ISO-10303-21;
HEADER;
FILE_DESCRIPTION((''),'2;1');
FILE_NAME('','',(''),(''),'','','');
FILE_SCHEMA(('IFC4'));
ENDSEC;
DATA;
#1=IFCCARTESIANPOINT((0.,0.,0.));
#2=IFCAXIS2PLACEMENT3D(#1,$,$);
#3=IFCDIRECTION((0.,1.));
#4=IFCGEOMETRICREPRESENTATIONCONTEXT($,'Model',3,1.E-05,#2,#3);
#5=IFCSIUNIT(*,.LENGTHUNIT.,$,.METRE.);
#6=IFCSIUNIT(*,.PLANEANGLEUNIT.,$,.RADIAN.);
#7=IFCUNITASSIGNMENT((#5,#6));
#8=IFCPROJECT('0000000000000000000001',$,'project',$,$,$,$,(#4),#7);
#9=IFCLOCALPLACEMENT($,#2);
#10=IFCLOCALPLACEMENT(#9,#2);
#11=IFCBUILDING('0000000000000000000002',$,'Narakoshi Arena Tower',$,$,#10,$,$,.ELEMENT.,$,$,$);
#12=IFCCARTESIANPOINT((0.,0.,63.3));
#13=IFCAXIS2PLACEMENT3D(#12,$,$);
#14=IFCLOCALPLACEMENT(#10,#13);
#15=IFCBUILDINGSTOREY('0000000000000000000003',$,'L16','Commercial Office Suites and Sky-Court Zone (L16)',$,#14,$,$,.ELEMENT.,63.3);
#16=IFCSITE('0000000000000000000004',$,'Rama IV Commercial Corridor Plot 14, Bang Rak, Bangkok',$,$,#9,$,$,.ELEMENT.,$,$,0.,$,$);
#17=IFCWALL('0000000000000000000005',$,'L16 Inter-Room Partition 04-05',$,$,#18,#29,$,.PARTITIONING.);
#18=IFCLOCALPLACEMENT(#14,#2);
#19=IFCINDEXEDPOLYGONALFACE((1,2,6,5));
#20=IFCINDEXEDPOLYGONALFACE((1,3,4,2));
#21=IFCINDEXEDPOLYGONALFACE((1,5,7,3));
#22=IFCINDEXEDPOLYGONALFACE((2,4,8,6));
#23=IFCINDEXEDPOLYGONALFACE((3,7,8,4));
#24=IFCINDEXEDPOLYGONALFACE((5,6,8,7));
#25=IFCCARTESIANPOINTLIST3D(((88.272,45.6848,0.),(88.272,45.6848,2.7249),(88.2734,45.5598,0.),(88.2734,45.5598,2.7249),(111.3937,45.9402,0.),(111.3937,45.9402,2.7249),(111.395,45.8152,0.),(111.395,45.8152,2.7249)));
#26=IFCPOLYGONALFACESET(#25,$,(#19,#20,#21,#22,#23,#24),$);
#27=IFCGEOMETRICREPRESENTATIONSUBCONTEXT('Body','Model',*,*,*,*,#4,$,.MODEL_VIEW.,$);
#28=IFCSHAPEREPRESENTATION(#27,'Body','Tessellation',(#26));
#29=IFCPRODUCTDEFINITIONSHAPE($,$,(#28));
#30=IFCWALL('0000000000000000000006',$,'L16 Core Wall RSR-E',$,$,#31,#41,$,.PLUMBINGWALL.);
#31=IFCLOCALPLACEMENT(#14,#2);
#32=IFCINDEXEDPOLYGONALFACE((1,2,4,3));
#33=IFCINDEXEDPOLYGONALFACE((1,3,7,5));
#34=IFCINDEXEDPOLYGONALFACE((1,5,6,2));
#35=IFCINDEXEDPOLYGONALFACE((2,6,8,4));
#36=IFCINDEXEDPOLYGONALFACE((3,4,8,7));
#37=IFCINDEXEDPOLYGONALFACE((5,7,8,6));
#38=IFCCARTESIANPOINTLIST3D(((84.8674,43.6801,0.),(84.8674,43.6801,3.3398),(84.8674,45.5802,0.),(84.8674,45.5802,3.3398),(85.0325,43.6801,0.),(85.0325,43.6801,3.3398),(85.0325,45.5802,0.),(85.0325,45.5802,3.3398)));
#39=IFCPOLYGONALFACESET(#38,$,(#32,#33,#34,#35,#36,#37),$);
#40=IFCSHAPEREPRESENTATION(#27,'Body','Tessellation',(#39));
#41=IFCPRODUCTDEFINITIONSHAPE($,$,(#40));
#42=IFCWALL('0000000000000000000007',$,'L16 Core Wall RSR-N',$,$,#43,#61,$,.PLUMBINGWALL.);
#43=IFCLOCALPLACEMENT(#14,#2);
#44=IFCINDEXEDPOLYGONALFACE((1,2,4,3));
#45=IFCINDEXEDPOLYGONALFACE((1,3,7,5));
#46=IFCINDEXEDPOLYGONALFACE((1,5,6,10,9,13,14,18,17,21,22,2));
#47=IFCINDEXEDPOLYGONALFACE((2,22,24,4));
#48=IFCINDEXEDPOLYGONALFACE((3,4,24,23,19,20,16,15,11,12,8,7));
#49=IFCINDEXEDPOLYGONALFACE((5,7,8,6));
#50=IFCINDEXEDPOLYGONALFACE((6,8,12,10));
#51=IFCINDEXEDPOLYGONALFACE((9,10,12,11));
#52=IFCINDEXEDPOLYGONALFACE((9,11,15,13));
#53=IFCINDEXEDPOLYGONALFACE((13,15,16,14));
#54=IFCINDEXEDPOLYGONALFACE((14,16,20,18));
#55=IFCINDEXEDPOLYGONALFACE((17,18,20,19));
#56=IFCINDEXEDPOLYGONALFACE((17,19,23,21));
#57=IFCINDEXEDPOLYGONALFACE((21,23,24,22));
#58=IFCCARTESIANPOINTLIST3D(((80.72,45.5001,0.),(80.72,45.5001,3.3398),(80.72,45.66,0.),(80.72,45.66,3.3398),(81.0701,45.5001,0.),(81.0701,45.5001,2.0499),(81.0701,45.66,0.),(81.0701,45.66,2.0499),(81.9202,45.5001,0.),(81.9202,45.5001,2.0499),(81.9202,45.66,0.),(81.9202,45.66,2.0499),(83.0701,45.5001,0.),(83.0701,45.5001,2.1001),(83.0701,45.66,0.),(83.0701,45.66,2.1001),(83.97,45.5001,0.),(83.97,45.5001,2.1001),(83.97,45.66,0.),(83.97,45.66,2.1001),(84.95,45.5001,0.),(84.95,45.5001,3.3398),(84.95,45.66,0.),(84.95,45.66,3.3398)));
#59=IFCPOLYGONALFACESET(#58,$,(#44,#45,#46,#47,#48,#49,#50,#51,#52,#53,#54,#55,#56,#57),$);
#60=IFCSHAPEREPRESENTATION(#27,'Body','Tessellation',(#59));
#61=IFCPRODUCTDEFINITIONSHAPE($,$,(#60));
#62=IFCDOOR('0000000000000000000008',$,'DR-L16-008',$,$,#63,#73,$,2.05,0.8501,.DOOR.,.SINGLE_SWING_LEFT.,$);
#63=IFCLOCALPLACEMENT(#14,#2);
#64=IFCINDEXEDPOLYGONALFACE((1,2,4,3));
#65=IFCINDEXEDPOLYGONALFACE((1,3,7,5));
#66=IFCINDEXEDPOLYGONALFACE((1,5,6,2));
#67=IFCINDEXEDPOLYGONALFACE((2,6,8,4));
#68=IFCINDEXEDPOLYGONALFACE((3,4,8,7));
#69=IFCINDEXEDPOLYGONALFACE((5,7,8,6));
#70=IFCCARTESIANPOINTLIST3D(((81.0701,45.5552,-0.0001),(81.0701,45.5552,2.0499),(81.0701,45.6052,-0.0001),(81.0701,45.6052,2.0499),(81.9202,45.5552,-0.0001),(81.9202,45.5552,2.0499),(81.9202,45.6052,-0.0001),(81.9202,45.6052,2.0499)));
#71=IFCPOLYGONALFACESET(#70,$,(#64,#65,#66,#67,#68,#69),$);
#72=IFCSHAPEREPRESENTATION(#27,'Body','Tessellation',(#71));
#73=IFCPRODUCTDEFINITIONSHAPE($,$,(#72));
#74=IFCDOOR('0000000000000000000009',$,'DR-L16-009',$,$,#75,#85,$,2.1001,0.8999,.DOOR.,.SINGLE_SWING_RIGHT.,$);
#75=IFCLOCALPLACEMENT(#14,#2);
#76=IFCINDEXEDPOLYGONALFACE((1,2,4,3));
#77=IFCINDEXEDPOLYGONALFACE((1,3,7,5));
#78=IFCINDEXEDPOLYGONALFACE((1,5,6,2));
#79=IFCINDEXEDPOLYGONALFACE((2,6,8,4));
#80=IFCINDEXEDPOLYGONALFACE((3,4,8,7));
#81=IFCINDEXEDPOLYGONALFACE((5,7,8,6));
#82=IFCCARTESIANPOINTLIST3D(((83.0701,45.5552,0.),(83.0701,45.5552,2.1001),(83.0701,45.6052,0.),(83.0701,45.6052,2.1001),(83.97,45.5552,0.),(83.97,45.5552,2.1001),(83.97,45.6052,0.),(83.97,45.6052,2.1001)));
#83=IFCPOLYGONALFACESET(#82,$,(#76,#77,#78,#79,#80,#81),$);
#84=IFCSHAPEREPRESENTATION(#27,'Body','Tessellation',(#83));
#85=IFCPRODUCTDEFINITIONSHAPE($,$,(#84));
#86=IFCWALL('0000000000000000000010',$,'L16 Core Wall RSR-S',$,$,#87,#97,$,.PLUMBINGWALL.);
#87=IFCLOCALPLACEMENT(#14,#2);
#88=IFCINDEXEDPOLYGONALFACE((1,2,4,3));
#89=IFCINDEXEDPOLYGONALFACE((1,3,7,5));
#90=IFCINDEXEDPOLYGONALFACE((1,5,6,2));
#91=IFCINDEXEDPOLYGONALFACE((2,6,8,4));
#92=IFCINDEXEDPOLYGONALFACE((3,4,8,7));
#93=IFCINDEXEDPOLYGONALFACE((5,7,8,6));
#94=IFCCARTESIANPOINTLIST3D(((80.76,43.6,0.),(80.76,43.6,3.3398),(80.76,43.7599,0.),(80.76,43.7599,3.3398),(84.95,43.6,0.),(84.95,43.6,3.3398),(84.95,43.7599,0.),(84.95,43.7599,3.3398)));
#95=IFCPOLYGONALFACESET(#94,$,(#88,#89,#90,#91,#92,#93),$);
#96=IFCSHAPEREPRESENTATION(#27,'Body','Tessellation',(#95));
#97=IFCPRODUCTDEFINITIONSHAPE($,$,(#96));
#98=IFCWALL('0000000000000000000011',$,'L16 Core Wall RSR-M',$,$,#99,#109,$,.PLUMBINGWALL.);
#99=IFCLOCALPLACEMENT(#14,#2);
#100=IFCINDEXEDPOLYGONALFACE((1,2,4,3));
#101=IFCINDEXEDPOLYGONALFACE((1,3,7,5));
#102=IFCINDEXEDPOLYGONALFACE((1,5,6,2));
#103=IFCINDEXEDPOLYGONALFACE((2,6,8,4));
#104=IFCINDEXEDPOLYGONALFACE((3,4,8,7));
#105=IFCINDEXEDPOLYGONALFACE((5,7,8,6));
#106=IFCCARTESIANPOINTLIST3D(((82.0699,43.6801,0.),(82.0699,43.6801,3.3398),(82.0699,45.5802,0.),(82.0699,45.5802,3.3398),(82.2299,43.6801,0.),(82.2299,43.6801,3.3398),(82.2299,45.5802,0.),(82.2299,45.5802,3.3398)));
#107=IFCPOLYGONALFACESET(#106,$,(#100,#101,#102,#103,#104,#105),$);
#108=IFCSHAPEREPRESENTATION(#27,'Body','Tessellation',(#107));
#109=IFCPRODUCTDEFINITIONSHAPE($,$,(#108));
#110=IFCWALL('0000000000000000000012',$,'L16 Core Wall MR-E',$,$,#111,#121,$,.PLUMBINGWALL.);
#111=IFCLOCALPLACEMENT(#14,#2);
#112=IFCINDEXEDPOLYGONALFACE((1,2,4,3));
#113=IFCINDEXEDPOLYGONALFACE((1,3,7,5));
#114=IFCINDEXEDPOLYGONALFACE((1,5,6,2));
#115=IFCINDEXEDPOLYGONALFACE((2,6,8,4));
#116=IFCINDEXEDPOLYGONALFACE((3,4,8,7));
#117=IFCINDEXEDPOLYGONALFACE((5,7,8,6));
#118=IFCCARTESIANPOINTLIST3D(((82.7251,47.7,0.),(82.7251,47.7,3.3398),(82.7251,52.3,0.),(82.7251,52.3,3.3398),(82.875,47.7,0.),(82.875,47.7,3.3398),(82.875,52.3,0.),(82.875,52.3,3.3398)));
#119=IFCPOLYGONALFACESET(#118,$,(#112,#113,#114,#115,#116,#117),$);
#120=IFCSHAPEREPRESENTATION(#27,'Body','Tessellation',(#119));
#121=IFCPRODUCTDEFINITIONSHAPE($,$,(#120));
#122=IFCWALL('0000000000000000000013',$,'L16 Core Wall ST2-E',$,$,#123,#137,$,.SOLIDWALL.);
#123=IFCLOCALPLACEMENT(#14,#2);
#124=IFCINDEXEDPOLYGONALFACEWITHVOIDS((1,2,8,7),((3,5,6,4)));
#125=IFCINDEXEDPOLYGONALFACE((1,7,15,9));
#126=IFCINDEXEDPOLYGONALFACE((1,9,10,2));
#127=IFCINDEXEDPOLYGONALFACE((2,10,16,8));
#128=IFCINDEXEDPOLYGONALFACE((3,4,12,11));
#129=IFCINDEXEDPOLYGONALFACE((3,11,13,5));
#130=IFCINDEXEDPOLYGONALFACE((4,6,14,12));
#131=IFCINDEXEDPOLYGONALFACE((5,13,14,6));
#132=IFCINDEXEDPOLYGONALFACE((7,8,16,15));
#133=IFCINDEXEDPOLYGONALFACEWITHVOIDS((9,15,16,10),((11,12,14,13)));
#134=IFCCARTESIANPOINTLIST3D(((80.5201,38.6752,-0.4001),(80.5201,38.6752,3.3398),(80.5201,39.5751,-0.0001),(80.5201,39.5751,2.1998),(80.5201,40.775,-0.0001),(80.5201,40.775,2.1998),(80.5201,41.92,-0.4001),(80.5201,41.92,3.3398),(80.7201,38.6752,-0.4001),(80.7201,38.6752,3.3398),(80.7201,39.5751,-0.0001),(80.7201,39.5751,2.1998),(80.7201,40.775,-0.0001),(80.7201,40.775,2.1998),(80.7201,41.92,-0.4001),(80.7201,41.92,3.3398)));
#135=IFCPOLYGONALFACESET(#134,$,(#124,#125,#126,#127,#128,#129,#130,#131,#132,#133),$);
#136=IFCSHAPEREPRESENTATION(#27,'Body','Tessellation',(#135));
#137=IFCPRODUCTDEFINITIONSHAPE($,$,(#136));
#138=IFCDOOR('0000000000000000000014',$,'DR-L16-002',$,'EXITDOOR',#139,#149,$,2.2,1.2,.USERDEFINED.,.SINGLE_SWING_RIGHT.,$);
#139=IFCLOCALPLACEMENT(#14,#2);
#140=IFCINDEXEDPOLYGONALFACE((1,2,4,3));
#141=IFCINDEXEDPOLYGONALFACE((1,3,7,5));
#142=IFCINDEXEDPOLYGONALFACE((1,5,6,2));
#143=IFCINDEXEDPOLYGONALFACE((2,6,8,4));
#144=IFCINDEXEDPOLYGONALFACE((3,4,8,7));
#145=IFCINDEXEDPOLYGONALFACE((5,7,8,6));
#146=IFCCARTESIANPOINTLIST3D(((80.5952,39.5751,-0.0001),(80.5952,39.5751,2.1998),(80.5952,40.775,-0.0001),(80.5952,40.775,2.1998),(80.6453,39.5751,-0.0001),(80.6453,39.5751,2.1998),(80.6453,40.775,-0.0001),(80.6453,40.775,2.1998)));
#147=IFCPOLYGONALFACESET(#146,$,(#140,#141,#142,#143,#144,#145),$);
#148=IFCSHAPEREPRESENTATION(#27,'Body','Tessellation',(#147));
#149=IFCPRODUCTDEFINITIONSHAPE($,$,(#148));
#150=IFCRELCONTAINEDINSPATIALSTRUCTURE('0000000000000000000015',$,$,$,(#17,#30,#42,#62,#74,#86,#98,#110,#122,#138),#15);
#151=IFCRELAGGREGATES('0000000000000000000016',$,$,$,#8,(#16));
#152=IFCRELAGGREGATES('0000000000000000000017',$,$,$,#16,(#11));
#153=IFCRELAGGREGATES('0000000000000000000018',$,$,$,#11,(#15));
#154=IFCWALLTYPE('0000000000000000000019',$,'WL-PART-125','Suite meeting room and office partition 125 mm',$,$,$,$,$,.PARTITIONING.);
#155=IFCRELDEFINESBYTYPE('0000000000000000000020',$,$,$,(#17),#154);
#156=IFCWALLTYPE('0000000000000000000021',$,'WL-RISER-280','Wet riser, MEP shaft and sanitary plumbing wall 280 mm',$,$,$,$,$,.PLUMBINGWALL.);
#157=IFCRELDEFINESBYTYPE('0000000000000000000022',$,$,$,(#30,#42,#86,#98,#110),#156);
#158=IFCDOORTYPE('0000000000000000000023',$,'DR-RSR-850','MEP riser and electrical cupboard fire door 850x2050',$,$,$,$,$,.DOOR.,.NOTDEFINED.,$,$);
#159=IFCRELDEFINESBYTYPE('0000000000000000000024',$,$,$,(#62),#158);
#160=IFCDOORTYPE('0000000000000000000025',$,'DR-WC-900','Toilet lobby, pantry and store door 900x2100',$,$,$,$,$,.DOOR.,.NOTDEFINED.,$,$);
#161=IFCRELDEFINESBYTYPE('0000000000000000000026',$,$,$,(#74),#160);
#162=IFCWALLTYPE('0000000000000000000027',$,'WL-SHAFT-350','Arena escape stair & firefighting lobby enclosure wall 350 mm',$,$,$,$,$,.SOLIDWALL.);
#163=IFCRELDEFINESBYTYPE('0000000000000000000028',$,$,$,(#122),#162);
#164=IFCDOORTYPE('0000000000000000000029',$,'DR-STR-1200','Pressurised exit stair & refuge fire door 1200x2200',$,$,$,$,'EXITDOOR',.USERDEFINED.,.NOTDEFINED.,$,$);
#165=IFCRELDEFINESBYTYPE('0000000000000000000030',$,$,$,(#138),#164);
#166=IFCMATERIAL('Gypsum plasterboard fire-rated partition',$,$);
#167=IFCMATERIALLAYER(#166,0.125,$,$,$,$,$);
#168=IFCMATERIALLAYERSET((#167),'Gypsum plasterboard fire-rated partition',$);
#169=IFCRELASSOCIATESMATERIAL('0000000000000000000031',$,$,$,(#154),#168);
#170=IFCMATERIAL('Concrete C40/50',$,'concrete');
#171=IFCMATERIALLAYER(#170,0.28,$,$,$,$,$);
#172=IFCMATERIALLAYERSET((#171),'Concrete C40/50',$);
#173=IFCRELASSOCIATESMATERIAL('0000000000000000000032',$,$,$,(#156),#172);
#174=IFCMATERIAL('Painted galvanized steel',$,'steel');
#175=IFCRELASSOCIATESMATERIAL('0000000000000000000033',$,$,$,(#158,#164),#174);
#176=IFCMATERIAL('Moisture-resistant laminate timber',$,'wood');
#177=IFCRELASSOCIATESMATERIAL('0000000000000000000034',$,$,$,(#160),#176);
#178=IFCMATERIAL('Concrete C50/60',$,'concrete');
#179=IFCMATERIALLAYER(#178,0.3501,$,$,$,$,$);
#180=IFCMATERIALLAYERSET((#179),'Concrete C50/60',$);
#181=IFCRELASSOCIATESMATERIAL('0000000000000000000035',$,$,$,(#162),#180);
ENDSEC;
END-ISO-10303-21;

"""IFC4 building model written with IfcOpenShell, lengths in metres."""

from ifc_helpers import new_model, si_unit, direction, frame, frame_2d, origin, place, context, subcontext, project, spatial, rectangle, extrude, material, layer, layer_set, type_object, element, fill, save


model = new_model("IFC4")

# Units and contexts
model_context = context("Model", 3, precision=1e-05, world=origin(), true_north=direction((0.0, 1.0)))
body_context = subcontext(model_context, "Body", "Model", "MODEL_VIEW")
ifc_project = project(units=[si_unit("LENGTHUNIT", "METRE"), si_unit("PLANEANGLEUNIT", "RADIAN")], contexts=[model_context])

# Site, building, storey
site_placement = place(None, origin())
site = spatial("IfcSite", under=ifc_project, at=site_placement, Name="Rama IV Commercial Corridor Plot 14, Bang Rak, Bangkok", CompositionType="ELEMENT", RefElevation=0.0)
building_placement = place(site_placement, origin())
building = spatial("IfcBuilding", under=site, at=building_placement, Name="Narakoshi Arena Tower", CompositionType="ELEMENT")
storey_placement = place(building_placement, frame((0.0, 0.0, 63.3)))
storey = spatial("IfcBuildingStorey", under=building, at=storey_placement, Name="L16", Description="Commercial Office Suites and Sky-Court Zone (L16)", CompositionType="ELEMENT", Elevation=63.3)

# Shared definitions
ifc_material_1 = material(Name="Gypsum plasterboard fire-rated partition")

# Walls
ifc_layer_1 = layer(ifc_material_1, 0.125)
ifc_layer_set_1 = layer_set([ifc_layer_1], Name="Gypsum plasterboard fire-rated partition")
wall_type_1 = type_object("IfcWallType", Name="WL-PART-125", Description="Suite meeting room and office partition 125 mm", PredefinedType="PARTITIONING", material=ifc_layer_set_1)
wall_1_placement = place(storey_placement, frame((88.2727, 45.6223, 0.0), z_axis=(0.0, 0.0, 1.0), x_axis=(0.999939, 0.011044, 0.0)))
element("IfcWall", 1, at=wall_1_placement, inside=storey, type_object=wall_type_1, Name="L16 Inter-Room Partition 04-05", PredefinedType="PARTITIONING", context=body_context, shape_type="SweptSolid", body=[
    extrude(rectangle(XDim=23.123, YDim=0.125, at=frame_2d((11.5615, 0.0))), origin(), (0.0, 0.0, 1.0), 2.7249),
])
ifc_material_2 = material(Name="Concrete C40/50", Category="concrete")
ifc_layer_2 = layer(ifc_material_2, 0.28)
ifc_layer_set_2 = layer_set([ifc_layer_2], Name="Concrete C40/50")
wall_type_2 = type_object("IfcWallType", Name="WL-RISER-280", Description="Wet riser, MEP shaft and sanitary plumbing wall 280 mm", PredefinedType="PLUMBINGWALL", material=ifc_layer_set_2)
wall_2_placement = place(storey_placement, frame((84.95, 43.6799, 0.0), z_axis=(0.0, 0.0, 1.0), x_axis=(0.0, 1.0, 0.0)))
element("IfcWall", 2, at=wall_2_placement, inside=storey, type_object=wall_type_2, Name="L16 Core Wall RSR-E", PredefinedType="PLUMBINGWALL", context=body_context, shape_type="SweptSolid", body=[
    extrude(rectangle(XDim=1.9001, YDim=0.165, at=frame_2d((0.9502, 0.0))), origin(), (0.0, 0.0, 1.0), 3.3398),
])

# Wall, openings, doors
wall_3_placement = place(storey_placement, frame((80.72, 45.5801, 0.0), z_axis=(0.0, 0.0, 1.0), x_axis=(1.0, 0.0, 0.0)))
wall_3 = element("IfcWall", 3, at=wall_3_placement, inside=storey, type_object=wall_type_2, Name="L16 Core Wall RSR-N", PredefinedType="PLUMBINGWALL", context=body_context, shape_type="SweptSolid", body=[
    extrude(rectangle(XDim=4.23, YDim=0.1599, at=frame_2d((2.115, 0.0))), origin(), (0.0, 0.0, 1.0), 3.3398),
])
opening_1_placement = place(wall_3_placement, frame((0.3501, 0.0, 0.0)))
opening_1 = element("IfcOpeningElement", 4, at=opening_1_placement, cuts=wall_3, PredefinedType="OPENING", context=body_context, shape_type="SweptSolid", body=[
    extrude(rectangle(XDim=0.8501, YDim=2.05, at=frame_2d((0.425, 1.0249))), frame((0.0, 0.0898, 0.0), z_axis=(0.0, -1.0, 0.0), x_axis=(1.0, 0.0, 0.0)), (0.0, 0.0, 1.0), 0.1799),
])
opening_2_placement = place(wall_3_placement, frame((2.3501, 0.0, 0.0)))
opening_2 = element("IfcOpeningElement", 5, at=opening_2_placement, cuts=wall_3, PredefinedType="OPENING", context=body_context, shape_type="SweptSolid", body=[
    extrude(rectangle(XDim=0.8999, YDim=2.1001, at=frame_2d((0.45, 1.05))), frame((0.0, 0.0898, 0.0), z_axis=(0.0, -1.0, 0.0), x_axis=(1.0, 0.0, 0.0)), (0.0, 0.0, 1.0), 0.1799),
])
ifc_material_3 = material(Name="Painted galvanized steel", Category="steel")
door_type_1 = type_object("IfcDoorType", Name="DR-RSR-850", Description="MEP riser and electrical cupboard fire door 850x2050", OperationType="NOTDEFINED", PredefinedType="DOOR", material=ifc_material_3)
door_1_placement = place(opening_1_placement, frame((0.8501, 0.0, 0.0), z_axis=(0.0, 0.0, 1.0), x_axis=(-1.0, 0.0, 0.0)))
door_1 = element("IfcDoor", 6, at=door_1_placement, inside=storey, type_object=door_type_1, Name="DR-L16-008", OperationType="SINGLE_SWING_LEFT", OverallHeight=2.05, OverallWidth=0.8501, PredefinedType="DOOR", context=body_context, shape_type="SweptSolid", body=[
    extrude(rectangle(XDim=0.8501, YDim=2.05, at=frame_2d((0.425, 1.0249))), frame((0.0, 0.0249, 0.0), z_axis=(0.0, -1.0, 0.0), x_axis=(1.0, 0.0, 0.0)), (0.0, 0.0, 1.0), 0.05),
])
fill(opening_1, door_1)
ifc_material_4 = material(Name="Moisture-resistant laminate timber", Category="wood")
door_type_2 = type_object("IfcDoorType", Name="DR-WC-900", Description="Toilet lobby, pantry and store door 900x2100", OperationType="NOTDEFINED", PredefinedType="DOOR", material=ifc_material_4)
door_2_placement = place(opening_2_placement, frame((0.8999, 0.0, 0.0), z_axis=(0.0, 0.0, 1.0), x_axis=(-1.0, 0.0, 0.0)))
door_2 = element("IfcDoor", 7, at=door_2_placement, inside=storey, type_object=door_type_2, Name="DR-L16-009", OperationType="SINGLE_SWING_RIGHT", OverallHeight=2.1001, OverallWidth=0.8999, PredefinedType="DOOR", context=body_context, shape_type="SweptSolid", body=[
    extrude(rectangle(XDim=0.8999, YDim=2.1001, at=frame_2d((0.45, 1.05))), frame((0.0, 0.0249, 0.0), z_axis=(0.0, -1.0, 0.0), x_axis=(1.0, 0.0, 0.0)), (0.0, 0.0, 1.0), 0.05),
])
fill(opening_2, door_2)

# Walls
wall_4_placement = place(storey_placement, frame((80.76, 43.6799, 0.0), z_axis=(0.0, 0.0, 1.0), x_axis=(1.0, 0.0, 0.0)))
element("IfcWall", 8, at=wall_4_placement, inside=storey, type_object=wall_type_2, Name="L16 Core Wall RSR-S", PredefinedType="PLUMBINGWALL", context=body_context, shape_type="SweptSolid", body=[
    extrude(rectangle(XDim=4.1899, YDim=0.1599, at=frame_2d((2.095, 0.0))), origin(), (0.0, 0.0, 1.0), 3.3398),
])
wall_5_placement = place(storey_placement, frame((82.1499, 43.6799, 0.0), z_axis=(0.0, 0.0, 1.0), x_axis=(0.0, 1.0, 0.0)))
element("IfcWall", 9, at=wall_5_placement, inside=storey, type_object=wall_type_2, Name="L16 Core Wall RSR-M", PredefinedType="PLUMBINGWALL", context=body_context, shape_type="SweptSolid", body=[
    extrude(rectangle(XDim=1.9001, YDim=0.1599, at=frame_2d((0.9502, 0.0))), origin(), (0.0, 0.0, 1.0), 3.3398),
])
wall_6_placement = place(storey_placement, frame((82.8, 47.7, 0.0), z_axis=(0.0, 0.0, 1.0), x_axis=(0.0, 1.0, 0.0)))
element("IfcWall", 10, at=wall_6_placement, inside=storey, type_object=wall_type_2, Name="L16 Core Wall MR-E", PredefinedType="PLUMBINGWALL", context=body_context, shape_type="SweptSolid", body=[
    extrude(rectangle(XDim=4.6001, YDim=0.1499, at=frame_2d((2.3, 0.0))), origin(), (0.0, 0.0, 1.0), 3.3398),
])

# Wall, opening, door
ifc_material_5 = material(Name="Concrete C50/60", Category="concrete")
ifc_layer_3 = layer(ifc_material_5, 0.3501)
ifc_layer_set_3 = layer_set([ifc_layer_3], Name="Concrete C50/60")
wall_type_3 = type_object("IfcWallType", Name="WL-SHAFT-350", Description="Arena escape stair & firefighting lobby enclosure wall 350 mm", PredefinedType="SOLIDWALL", material=ifc_layer_set_3)
wall_7_placement = place(storey_placement, frame((80.6201, 38.675, -0.4001), z_axis=(0.0, 0.0, 1.0), x_axis=(0.0, 1.0, 0.0)))
wall_7 = element("IfcWall", 11, at=wall_7_placement, inside=storey, type_object=wall_type_3, Name="L16 Core Wall ST2-E", PredefinedType="SOLIDWALL", context=body_context, shape_type="SweptSolid", body=[
    extrude(rectangle(XDim=3.2449, YDim=0.2, at=frame_2d((1.6226, 0.0))), origin(), (0.0, 0.0, 1.0), 3.74),
])
opening_3_placement = place(wall_7_placement, frame((0.8999, 0.0, 0.3999)))
opening_3 = element("IfcOpeningElement", 12, at=opening_3_placement, cuts=wall_7, PredefinedType="OPENING", context=body_context, shape_type="SweptSolid", body=[
    extrude(rectangle(XDim=1.2, YDim=2.2, at=frame_2d((0.6001, 1.1001))), frame((0.0, 0.1099, 0.0), z_axis=(0.0, -1.0, 0.0), x_axis=(1.0, 0.0, 0.0)), (0.0, 0.0, 1.0), 0.22),
])
door_type_3 = type_object("IfcDoorType", Name="DR-STR-1200", Description="Pressurised exit stair & refuge fire door 1200x2200", ElementType="EXITDOOR", OperationType="NOTDEFINED", PredefinedType="USERDEFINED", material=ifc_material_3)
door_3_placement = place(opening_3_placement, origin())
door_3 = element("IfcDoor", 13, at=door_3_placement, inside=storey, type_object=door_type_3, Name="DR-L16-002", ObjectType="EXITDOOR", OperationType="SINGLE_SWING_RIGHT", OverallHeight=2.2, OverallWidth=1.2, PredefinedType="USERDEFINED", context=body_context, shape_type="SweptSolid", body=[
    extrude(rectangle(XDim=1.2, YDim=2.2, at=frame_2d((0.6001, 1.1001))), frame((0.0, 0.0249, 0.0), z_axis=(0.0, -1.0, 0.0), x_axis=(1.0, 0.0, 0.0)), (0.0, 0.0, 1.0), 0.05),
])
fill(opening_3, door_3)

save(model, "model.ifc")
